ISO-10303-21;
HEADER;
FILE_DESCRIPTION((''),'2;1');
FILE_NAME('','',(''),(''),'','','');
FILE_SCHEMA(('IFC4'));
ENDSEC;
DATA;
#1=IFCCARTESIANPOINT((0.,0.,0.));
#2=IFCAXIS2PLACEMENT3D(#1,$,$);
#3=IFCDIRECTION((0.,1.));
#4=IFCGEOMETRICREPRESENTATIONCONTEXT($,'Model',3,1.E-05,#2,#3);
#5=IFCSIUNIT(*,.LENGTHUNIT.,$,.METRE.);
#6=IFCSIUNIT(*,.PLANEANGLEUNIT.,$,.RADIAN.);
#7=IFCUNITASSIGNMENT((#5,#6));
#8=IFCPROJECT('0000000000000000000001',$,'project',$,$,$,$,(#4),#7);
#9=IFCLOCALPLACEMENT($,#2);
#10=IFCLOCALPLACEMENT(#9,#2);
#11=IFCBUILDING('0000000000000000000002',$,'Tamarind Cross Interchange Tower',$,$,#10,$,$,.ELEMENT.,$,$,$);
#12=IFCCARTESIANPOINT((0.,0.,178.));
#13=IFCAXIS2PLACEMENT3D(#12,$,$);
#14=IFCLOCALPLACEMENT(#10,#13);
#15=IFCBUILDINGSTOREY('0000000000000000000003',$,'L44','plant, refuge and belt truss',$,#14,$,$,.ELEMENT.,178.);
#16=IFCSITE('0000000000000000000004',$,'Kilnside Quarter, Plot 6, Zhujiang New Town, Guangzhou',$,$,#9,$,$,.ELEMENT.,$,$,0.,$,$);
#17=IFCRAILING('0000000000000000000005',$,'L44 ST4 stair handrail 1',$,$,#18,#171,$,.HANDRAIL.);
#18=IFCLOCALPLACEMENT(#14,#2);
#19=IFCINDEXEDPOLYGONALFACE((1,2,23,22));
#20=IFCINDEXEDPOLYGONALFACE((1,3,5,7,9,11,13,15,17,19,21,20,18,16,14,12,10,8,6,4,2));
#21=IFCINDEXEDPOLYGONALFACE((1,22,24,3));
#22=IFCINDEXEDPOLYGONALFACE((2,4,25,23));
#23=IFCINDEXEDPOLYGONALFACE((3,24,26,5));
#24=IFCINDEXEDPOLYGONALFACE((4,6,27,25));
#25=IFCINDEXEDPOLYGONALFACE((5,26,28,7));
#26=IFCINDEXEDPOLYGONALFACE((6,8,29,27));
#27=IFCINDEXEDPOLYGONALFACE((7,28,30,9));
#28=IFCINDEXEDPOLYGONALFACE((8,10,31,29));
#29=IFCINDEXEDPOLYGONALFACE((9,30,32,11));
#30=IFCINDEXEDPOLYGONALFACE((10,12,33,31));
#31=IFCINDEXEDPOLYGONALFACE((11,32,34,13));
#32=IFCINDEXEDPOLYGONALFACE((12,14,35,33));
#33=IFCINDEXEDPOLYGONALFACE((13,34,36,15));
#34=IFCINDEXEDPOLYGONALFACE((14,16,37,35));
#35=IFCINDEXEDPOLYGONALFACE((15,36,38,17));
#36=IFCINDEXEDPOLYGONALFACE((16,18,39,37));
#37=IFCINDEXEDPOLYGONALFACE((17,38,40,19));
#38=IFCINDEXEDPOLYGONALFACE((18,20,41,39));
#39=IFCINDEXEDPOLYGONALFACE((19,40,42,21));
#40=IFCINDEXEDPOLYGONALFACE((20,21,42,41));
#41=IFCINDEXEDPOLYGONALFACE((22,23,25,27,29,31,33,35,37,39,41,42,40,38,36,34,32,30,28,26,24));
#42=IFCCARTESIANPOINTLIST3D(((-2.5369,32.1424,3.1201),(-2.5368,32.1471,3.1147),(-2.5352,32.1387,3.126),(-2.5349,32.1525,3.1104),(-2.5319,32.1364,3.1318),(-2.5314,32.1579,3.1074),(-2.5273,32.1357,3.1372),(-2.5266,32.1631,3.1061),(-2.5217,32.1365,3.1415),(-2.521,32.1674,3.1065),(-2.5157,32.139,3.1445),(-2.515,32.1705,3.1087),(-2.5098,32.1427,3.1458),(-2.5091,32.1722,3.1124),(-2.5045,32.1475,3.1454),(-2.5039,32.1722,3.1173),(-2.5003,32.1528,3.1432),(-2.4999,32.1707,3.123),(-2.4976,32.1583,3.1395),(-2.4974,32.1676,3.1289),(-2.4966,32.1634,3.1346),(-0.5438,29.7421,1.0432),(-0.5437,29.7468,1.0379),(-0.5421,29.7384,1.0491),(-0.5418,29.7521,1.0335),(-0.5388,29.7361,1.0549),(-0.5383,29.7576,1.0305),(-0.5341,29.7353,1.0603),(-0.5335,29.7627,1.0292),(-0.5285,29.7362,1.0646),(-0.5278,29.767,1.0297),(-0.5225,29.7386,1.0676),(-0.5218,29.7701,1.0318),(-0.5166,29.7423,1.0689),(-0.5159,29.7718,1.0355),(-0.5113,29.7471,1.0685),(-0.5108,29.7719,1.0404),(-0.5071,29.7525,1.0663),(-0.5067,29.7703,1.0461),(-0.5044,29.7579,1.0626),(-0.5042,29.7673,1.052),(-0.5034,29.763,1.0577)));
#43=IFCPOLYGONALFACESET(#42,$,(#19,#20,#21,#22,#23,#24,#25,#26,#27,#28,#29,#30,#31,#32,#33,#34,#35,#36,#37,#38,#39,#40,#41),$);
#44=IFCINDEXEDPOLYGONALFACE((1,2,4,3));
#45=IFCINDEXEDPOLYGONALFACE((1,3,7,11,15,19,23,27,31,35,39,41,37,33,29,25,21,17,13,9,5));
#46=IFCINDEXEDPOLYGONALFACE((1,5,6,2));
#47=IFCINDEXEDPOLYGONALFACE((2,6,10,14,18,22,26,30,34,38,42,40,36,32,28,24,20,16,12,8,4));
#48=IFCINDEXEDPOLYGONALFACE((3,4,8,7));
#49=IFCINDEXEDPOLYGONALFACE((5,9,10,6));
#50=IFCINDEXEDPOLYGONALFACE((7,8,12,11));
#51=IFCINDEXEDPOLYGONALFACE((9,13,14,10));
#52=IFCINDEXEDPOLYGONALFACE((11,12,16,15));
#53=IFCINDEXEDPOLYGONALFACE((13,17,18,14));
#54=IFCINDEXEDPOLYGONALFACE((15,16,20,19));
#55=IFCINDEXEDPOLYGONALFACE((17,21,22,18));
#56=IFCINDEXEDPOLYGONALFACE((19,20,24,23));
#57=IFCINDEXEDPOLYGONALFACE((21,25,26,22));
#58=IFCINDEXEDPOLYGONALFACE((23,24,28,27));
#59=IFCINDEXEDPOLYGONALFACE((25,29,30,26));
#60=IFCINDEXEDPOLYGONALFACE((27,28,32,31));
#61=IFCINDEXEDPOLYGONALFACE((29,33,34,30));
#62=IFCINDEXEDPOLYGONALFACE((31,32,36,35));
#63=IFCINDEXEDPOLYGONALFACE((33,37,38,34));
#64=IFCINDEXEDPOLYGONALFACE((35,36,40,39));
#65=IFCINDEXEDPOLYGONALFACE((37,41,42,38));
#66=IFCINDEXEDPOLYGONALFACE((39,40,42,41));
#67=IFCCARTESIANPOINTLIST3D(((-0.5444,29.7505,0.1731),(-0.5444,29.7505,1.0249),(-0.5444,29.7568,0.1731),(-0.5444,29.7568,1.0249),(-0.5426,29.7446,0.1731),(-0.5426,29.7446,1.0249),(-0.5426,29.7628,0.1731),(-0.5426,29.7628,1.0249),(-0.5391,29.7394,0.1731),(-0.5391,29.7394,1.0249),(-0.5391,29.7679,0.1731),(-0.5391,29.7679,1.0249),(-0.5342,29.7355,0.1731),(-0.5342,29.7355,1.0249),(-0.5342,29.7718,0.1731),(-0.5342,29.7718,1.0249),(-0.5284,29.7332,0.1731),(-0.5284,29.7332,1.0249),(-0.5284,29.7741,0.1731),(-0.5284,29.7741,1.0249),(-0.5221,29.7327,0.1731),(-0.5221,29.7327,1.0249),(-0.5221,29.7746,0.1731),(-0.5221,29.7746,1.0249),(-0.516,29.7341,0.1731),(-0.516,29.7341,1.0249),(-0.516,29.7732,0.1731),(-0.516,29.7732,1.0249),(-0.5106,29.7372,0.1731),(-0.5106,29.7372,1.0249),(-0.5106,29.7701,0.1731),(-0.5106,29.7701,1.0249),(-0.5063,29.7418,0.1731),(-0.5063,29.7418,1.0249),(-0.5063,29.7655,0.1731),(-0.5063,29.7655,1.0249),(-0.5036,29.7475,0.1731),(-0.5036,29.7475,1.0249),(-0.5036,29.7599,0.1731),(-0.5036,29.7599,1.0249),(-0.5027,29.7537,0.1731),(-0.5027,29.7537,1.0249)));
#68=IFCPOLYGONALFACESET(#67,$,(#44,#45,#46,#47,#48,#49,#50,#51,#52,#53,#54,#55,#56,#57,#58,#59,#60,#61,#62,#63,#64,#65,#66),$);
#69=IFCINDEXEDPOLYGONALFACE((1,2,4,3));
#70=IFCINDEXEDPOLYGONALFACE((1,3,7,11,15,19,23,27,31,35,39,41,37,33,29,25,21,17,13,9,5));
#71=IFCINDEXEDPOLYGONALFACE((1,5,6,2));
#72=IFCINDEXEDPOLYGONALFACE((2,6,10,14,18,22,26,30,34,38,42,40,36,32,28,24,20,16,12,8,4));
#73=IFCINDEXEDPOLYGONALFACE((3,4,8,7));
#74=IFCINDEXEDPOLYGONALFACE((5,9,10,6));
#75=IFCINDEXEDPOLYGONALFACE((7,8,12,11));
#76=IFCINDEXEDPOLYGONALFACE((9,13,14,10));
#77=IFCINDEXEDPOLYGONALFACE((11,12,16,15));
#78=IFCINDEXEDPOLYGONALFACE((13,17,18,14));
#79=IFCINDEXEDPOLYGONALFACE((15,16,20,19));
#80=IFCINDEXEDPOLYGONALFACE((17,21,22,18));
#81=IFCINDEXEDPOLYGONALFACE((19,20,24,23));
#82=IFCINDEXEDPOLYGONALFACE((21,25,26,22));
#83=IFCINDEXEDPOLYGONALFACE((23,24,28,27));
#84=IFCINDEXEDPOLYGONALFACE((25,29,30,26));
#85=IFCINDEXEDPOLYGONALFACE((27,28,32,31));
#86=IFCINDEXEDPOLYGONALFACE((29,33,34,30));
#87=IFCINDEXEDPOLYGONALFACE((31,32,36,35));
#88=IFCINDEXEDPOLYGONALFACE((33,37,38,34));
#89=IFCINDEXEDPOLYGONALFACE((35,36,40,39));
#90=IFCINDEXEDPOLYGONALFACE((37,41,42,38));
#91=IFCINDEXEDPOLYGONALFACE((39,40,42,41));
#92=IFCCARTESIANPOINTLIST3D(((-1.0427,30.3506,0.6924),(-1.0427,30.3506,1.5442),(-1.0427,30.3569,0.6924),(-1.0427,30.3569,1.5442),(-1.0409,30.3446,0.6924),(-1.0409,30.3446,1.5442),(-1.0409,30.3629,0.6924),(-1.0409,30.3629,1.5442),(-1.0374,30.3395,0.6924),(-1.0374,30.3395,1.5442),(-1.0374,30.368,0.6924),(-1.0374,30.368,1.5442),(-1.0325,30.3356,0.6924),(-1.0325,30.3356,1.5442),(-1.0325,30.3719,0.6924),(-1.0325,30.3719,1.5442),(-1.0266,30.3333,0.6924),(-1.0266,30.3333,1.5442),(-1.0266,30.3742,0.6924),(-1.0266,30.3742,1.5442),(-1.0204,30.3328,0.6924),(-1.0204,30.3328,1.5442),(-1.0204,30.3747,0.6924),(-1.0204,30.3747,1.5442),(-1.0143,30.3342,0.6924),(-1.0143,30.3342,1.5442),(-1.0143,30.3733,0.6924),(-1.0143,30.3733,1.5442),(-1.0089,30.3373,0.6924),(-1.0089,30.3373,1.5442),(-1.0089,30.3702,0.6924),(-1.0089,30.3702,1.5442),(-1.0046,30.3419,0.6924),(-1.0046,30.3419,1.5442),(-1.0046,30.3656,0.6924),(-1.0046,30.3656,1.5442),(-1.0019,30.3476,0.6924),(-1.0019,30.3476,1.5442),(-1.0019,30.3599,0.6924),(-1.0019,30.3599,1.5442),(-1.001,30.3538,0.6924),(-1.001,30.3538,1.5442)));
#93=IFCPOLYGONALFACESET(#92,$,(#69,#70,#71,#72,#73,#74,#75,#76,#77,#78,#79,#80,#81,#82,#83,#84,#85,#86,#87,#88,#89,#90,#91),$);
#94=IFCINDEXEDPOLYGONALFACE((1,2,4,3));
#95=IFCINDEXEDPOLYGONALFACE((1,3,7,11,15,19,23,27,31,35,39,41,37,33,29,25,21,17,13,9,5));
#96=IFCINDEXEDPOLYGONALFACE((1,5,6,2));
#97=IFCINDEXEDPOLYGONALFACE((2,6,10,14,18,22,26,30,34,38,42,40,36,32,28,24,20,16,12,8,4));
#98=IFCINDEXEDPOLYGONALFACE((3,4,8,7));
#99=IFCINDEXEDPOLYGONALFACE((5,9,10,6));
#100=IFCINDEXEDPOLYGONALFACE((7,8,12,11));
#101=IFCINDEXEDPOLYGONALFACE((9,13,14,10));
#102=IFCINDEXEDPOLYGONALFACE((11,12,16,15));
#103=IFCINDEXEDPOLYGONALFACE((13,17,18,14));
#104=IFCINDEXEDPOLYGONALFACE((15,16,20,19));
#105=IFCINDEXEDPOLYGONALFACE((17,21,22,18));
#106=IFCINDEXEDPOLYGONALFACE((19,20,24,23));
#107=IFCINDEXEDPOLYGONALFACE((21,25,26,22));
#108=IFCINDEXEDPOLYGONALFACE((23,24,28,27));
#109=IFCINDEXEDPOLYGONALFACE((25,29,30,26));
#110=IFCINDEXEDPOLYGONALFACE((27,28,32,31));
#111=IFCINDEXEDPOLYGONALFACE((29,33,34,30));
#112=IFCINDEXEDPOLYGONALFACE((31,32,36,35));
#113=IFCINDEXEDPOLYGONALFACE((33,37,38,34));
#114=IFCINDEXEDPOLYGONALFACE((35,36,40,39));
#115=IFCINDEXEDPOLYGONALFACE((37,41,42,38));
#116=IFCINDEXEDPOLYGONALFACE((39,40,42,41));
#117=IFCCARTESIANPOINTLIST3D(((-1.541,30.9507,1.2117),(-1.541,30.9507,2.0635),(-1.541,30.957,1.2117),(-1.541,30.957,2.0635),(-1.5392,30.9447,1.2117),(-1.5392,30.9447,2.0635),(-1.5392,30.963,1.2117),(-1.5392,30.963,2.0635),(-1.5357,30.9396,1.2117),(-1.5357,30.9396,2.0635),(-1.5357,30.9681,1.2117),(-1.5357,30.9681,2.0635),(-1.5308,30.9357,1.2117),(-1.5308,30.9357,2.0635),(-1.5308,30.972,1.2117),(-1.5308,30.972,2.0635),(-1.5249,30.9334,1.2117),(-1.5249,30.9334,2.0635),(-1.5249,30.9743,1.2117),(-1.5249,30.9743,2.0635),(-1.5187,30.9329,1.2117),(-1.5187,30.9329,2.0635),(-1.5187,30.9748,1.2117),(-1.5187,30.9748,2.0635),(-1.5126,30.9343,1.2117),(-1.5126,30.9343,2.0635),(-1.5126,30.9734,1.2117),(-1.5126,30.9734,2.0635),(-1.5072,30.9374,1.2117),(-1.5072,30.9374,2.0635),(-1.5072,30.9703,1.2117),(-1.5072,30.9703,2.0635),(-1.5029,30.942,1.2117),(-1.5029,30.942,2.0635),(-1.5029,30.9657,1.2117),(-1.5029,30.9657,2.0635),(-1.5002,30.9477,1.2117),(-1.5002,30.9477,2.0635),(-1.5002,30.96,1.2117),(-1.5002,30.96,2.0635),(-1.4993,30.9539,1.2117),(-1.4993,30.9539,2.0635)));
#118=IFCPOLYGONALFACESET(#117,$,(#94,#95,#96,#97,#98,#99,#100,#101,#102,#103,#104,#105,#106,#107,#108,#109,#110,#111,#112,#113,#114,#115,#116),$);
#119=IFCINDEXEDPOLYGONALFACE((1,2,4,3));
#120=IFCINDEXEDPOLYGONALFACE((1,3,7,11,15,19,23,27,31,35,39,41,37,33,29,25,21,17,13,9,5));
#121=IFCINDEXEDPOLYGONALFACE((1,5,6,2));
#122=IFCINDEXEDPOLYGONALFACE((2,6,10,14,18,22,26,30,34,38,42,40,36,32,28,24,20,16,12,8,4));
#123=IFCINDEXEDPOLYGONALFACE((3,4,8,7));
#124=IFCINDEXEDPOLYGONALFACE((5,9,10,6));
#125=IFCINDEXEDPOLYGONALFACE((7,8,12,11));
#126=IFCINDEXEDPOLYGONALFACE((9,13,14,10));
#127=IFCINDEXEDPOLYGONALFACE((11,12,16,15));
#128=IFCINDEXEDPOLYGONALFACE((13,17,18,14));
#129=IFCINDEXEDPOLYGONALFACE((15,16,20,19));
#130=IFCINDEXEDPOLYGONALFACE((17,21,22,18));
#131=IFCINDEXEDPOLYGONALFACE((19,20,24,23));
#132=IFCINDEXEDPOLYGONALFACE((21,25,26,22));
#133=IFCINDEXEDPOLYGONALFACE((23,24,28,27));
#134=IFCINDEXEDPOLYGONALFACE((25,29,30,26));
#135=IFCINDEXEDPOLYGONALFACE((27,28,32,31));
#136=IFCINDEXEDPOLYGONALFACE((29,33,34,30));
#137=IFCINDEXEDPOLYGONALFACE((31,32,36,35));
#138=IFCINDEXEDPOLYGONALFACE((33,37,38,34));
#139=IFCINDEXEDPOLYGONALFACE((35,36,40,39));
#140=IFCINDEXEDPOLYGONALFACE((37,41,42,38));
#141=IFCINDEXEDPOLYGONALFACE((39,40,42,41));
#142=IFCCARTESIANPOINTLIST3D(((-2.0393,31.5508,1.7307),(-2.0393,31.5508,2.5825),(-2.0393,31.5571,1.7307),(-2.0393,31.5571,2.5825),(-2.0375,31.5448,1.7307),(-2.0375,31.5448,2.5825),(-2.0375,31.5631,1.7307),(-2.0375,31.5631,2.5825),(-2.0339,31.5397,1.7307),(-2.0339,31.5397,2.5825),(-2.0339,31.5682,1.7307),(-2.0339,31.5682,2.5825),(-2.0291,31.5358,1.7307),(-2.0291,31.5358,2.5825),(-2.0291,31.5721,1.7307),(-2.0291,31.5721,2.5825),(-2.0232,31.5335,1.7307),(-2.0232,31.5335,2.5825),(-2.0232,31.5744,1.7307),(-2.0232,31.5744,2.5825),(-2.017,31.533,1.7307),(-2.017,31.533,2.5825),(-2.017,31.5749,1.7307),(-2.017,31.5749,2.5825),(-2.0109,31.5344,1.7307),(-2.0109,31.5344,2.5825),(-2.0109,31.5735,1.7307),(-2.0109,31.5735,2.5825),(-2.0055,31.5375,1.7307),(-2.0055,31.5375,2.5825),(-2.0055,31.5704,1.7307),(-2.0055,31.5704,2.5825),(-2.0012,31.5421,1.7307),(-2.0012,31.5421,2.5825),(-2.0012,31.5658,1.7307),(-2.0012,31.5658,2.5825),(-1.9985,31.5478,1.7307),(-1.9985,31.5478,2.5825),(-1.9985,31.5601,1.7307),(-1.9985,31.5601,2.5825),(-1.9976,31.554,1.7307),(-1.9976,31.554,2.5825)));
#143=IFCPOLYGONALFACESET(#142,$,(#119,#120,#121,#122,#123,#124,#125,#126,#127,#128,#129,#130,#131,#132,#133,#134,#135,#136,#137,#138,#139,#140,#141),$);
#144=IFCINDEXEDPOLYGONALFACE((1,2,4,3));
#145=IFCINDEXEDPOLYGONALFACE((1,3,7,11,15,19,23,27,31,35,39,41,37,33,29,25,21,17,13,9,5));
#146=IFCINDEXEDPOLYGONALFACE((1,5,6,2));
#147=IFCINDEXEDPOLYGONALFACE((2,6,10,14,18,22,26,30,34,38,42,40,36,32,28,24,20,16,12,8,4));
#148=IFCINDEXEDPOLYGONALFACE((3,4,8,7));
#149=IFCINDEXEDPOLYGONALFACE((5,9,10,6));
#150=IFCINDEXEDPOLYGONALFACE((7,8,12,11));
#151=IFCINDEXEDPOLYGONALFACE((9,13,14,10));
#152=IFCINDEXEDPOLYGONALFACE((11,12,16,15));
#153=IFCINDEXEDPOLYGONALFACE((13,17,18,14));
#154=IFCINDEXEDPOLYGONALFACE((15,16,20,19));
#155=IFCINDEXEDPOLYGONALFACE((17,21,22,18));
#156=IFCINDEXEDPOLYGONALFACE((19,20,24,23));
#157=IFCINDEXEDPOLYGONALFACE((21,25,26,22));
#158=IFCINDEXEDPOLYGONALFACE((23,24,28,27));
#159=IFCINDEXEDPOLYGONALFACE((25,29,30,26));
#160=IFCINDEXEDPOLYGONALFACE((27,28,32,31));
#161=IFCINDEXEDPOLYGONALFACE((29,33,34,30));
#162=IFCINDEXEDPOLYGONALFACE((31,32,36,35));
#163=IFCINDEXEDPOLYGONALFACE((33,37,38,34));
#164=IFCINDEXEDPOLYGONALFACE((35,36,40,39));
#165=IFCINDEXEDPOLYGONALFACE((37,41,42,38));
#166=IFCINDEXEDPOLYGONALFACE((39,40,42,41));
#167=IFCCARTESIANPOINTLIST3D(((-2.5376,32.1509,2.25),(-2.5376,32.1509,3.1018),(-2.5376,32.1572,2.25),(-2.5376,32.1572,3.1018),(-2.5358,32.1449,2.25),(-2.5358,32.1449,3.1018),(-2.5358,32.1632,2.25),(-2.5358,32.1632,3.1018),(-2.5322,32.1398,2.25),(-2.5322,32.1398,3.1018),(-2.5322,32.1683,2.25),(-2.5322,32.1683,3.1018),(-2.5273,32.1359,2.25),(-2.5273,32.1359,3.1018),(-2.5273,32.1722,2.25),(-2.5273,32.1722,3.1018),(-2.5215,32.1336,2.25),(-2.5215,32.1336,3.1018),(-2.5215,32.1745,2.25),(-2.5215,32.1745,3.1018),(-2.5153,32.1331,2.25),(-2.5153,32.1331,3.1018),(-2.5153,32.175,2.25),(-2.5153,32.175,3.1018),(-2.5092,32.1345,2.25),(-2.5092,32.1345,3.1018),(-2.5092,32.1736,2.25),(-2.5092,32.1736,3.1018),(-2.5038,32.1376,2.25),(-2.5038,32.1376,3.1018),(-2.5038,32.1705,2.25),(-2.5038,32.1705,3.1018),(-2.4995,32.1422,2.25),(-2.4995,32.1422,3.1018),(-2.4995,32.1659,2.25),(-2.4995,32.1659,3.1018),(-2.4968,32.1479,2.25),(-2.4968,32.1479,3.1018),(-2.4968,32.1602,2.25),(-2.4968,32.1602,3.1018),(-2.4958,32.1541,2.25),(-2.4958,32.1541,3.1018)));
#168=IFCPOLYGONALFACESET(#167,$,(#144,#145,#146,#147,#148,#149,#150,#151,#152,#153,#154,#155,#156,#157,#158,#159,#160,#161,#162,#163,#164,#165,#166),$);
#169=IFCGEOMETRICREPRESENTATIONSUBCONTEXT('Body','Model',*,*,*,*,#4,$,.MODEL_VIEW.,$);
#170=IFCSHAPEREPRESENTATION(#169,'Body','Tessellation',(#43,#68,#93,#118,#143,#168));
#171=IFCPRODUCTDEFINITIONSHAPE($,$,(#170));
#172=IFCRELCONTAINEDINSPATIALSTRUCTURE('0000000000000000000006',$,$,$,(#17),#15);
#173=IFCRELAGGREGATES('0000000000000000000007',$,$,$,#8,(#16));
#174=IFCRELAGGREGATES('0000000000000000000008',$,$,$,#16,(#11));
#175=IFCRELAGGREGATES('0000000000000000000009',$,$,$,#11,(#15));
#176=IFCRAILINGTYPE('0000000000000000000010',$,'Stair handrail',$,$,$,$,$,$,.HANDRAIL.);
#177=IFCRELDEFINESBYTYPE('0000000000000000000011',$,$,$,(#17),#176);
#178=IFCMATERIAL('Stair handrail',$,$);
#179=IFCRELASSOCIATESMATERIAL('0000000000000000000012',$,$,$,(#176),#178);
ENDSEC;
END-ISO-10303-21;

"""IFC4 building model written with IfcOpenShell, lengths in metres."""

from ifc_helpers import new_model, si_unit, direction, frame, origin, origin_2d, place, context, subcontext, project, spatial, circle, extrude, material, type_object, element, save


model = new_model("IFC4")

# Units and contexts
model_context = context("Model", 3, precision=1e-05, world=origin(), true_north=direction((0.0, 1.0)))
body_context = subcontext(model_context, "Body", "Model", "MODEL_VIEW")
ifc_project = project(units=[si_unit("LENGTHUNIT", "METRE"), si_unit("PLANEANGLEUNIT", "RADIAN")], contexts=[model_context])

# Site, building, storey
site_placement = place(None, origin())
site = spatial("IfcSite", under=ifc_project, at=site_placement, Name="Kilnside Quarter, Plot 6, Zhujiang New Town, Guangzhou", CompositionType="ELEMENT", RefElevation=0.0)
building_placement = place(site_placement, origin())
building = spatial("IfcBuilding", under=site, at=building_placement, Name="Tamarind Cross Interchange Tower", CompositionType="ELEMENT")
storey_placement = place(building_placement, frame((0.0, 0.0, 178.0)))
storey = spatial("IfcBuildingStorey", under=building, at=storey_placement, Name="L44", Description="plant, refuge and belt truss", CompositionType="ELEMENT", Elevation=178.0)

# Railing
ifc_material_1 = material(Name="Stair handrail")
railing_type_1 = type_object("IfcRailingType", Name="Stair handrail", PredefinedType="HANDRAIL", material=ifc_material_1)
railing_1_placement = place(storey_placement, frame((-0.5237, 29.7537, 0.1731)))
element("IfcRailing", 1, at=railing_1_placement, inside=storey, type_object=railing_type_1, Name="L44 ST4 stair handrail 1", PredefinedType="HANDRAIL", context=body_context, shape_type="SweptSolid", body=[
    extrude(circle(Radius=0.0239, at=origin_2d()), frame((0.0, 0.0, 0.876), z_axis=(-0.531783, 0.640432, 0.554125), x_axis=(-0.769349, -0.638829, 0.0)), (0.0, 0.0, 1.0), 3.748),
    extrude(circle(Radius=0.021, at=origin_2d()), origin(), (0.0, 0.0, 1.0), 0.8518),
    extrude(circle(Radius=0.021, at=origin_2d()), frame((-0.4983, 0.6001, 0.5193)), (0.0, 0.0, 1.0), 0.8518),
    extrude(circle(Radius=0.021, at=origin_2d()), frame((-0.9966, 1.2002, 1.0386)), (0.0, 0.0, 1.0), 0.8518),
    extrude(circle(Radius=0.021, at=origin_2d()), frame((-1.4949, 1.8003, 1.5576)), (0.0, 0.0, 1.0), 0.8518),
    extrude(circle(Radius=0.021, at=origin_2d()), frame((-1.9932, 2.4004, 2.0769)), (0.0, 0.0, 1.0), 0.8518),
])

save(model, "model.ifc")
